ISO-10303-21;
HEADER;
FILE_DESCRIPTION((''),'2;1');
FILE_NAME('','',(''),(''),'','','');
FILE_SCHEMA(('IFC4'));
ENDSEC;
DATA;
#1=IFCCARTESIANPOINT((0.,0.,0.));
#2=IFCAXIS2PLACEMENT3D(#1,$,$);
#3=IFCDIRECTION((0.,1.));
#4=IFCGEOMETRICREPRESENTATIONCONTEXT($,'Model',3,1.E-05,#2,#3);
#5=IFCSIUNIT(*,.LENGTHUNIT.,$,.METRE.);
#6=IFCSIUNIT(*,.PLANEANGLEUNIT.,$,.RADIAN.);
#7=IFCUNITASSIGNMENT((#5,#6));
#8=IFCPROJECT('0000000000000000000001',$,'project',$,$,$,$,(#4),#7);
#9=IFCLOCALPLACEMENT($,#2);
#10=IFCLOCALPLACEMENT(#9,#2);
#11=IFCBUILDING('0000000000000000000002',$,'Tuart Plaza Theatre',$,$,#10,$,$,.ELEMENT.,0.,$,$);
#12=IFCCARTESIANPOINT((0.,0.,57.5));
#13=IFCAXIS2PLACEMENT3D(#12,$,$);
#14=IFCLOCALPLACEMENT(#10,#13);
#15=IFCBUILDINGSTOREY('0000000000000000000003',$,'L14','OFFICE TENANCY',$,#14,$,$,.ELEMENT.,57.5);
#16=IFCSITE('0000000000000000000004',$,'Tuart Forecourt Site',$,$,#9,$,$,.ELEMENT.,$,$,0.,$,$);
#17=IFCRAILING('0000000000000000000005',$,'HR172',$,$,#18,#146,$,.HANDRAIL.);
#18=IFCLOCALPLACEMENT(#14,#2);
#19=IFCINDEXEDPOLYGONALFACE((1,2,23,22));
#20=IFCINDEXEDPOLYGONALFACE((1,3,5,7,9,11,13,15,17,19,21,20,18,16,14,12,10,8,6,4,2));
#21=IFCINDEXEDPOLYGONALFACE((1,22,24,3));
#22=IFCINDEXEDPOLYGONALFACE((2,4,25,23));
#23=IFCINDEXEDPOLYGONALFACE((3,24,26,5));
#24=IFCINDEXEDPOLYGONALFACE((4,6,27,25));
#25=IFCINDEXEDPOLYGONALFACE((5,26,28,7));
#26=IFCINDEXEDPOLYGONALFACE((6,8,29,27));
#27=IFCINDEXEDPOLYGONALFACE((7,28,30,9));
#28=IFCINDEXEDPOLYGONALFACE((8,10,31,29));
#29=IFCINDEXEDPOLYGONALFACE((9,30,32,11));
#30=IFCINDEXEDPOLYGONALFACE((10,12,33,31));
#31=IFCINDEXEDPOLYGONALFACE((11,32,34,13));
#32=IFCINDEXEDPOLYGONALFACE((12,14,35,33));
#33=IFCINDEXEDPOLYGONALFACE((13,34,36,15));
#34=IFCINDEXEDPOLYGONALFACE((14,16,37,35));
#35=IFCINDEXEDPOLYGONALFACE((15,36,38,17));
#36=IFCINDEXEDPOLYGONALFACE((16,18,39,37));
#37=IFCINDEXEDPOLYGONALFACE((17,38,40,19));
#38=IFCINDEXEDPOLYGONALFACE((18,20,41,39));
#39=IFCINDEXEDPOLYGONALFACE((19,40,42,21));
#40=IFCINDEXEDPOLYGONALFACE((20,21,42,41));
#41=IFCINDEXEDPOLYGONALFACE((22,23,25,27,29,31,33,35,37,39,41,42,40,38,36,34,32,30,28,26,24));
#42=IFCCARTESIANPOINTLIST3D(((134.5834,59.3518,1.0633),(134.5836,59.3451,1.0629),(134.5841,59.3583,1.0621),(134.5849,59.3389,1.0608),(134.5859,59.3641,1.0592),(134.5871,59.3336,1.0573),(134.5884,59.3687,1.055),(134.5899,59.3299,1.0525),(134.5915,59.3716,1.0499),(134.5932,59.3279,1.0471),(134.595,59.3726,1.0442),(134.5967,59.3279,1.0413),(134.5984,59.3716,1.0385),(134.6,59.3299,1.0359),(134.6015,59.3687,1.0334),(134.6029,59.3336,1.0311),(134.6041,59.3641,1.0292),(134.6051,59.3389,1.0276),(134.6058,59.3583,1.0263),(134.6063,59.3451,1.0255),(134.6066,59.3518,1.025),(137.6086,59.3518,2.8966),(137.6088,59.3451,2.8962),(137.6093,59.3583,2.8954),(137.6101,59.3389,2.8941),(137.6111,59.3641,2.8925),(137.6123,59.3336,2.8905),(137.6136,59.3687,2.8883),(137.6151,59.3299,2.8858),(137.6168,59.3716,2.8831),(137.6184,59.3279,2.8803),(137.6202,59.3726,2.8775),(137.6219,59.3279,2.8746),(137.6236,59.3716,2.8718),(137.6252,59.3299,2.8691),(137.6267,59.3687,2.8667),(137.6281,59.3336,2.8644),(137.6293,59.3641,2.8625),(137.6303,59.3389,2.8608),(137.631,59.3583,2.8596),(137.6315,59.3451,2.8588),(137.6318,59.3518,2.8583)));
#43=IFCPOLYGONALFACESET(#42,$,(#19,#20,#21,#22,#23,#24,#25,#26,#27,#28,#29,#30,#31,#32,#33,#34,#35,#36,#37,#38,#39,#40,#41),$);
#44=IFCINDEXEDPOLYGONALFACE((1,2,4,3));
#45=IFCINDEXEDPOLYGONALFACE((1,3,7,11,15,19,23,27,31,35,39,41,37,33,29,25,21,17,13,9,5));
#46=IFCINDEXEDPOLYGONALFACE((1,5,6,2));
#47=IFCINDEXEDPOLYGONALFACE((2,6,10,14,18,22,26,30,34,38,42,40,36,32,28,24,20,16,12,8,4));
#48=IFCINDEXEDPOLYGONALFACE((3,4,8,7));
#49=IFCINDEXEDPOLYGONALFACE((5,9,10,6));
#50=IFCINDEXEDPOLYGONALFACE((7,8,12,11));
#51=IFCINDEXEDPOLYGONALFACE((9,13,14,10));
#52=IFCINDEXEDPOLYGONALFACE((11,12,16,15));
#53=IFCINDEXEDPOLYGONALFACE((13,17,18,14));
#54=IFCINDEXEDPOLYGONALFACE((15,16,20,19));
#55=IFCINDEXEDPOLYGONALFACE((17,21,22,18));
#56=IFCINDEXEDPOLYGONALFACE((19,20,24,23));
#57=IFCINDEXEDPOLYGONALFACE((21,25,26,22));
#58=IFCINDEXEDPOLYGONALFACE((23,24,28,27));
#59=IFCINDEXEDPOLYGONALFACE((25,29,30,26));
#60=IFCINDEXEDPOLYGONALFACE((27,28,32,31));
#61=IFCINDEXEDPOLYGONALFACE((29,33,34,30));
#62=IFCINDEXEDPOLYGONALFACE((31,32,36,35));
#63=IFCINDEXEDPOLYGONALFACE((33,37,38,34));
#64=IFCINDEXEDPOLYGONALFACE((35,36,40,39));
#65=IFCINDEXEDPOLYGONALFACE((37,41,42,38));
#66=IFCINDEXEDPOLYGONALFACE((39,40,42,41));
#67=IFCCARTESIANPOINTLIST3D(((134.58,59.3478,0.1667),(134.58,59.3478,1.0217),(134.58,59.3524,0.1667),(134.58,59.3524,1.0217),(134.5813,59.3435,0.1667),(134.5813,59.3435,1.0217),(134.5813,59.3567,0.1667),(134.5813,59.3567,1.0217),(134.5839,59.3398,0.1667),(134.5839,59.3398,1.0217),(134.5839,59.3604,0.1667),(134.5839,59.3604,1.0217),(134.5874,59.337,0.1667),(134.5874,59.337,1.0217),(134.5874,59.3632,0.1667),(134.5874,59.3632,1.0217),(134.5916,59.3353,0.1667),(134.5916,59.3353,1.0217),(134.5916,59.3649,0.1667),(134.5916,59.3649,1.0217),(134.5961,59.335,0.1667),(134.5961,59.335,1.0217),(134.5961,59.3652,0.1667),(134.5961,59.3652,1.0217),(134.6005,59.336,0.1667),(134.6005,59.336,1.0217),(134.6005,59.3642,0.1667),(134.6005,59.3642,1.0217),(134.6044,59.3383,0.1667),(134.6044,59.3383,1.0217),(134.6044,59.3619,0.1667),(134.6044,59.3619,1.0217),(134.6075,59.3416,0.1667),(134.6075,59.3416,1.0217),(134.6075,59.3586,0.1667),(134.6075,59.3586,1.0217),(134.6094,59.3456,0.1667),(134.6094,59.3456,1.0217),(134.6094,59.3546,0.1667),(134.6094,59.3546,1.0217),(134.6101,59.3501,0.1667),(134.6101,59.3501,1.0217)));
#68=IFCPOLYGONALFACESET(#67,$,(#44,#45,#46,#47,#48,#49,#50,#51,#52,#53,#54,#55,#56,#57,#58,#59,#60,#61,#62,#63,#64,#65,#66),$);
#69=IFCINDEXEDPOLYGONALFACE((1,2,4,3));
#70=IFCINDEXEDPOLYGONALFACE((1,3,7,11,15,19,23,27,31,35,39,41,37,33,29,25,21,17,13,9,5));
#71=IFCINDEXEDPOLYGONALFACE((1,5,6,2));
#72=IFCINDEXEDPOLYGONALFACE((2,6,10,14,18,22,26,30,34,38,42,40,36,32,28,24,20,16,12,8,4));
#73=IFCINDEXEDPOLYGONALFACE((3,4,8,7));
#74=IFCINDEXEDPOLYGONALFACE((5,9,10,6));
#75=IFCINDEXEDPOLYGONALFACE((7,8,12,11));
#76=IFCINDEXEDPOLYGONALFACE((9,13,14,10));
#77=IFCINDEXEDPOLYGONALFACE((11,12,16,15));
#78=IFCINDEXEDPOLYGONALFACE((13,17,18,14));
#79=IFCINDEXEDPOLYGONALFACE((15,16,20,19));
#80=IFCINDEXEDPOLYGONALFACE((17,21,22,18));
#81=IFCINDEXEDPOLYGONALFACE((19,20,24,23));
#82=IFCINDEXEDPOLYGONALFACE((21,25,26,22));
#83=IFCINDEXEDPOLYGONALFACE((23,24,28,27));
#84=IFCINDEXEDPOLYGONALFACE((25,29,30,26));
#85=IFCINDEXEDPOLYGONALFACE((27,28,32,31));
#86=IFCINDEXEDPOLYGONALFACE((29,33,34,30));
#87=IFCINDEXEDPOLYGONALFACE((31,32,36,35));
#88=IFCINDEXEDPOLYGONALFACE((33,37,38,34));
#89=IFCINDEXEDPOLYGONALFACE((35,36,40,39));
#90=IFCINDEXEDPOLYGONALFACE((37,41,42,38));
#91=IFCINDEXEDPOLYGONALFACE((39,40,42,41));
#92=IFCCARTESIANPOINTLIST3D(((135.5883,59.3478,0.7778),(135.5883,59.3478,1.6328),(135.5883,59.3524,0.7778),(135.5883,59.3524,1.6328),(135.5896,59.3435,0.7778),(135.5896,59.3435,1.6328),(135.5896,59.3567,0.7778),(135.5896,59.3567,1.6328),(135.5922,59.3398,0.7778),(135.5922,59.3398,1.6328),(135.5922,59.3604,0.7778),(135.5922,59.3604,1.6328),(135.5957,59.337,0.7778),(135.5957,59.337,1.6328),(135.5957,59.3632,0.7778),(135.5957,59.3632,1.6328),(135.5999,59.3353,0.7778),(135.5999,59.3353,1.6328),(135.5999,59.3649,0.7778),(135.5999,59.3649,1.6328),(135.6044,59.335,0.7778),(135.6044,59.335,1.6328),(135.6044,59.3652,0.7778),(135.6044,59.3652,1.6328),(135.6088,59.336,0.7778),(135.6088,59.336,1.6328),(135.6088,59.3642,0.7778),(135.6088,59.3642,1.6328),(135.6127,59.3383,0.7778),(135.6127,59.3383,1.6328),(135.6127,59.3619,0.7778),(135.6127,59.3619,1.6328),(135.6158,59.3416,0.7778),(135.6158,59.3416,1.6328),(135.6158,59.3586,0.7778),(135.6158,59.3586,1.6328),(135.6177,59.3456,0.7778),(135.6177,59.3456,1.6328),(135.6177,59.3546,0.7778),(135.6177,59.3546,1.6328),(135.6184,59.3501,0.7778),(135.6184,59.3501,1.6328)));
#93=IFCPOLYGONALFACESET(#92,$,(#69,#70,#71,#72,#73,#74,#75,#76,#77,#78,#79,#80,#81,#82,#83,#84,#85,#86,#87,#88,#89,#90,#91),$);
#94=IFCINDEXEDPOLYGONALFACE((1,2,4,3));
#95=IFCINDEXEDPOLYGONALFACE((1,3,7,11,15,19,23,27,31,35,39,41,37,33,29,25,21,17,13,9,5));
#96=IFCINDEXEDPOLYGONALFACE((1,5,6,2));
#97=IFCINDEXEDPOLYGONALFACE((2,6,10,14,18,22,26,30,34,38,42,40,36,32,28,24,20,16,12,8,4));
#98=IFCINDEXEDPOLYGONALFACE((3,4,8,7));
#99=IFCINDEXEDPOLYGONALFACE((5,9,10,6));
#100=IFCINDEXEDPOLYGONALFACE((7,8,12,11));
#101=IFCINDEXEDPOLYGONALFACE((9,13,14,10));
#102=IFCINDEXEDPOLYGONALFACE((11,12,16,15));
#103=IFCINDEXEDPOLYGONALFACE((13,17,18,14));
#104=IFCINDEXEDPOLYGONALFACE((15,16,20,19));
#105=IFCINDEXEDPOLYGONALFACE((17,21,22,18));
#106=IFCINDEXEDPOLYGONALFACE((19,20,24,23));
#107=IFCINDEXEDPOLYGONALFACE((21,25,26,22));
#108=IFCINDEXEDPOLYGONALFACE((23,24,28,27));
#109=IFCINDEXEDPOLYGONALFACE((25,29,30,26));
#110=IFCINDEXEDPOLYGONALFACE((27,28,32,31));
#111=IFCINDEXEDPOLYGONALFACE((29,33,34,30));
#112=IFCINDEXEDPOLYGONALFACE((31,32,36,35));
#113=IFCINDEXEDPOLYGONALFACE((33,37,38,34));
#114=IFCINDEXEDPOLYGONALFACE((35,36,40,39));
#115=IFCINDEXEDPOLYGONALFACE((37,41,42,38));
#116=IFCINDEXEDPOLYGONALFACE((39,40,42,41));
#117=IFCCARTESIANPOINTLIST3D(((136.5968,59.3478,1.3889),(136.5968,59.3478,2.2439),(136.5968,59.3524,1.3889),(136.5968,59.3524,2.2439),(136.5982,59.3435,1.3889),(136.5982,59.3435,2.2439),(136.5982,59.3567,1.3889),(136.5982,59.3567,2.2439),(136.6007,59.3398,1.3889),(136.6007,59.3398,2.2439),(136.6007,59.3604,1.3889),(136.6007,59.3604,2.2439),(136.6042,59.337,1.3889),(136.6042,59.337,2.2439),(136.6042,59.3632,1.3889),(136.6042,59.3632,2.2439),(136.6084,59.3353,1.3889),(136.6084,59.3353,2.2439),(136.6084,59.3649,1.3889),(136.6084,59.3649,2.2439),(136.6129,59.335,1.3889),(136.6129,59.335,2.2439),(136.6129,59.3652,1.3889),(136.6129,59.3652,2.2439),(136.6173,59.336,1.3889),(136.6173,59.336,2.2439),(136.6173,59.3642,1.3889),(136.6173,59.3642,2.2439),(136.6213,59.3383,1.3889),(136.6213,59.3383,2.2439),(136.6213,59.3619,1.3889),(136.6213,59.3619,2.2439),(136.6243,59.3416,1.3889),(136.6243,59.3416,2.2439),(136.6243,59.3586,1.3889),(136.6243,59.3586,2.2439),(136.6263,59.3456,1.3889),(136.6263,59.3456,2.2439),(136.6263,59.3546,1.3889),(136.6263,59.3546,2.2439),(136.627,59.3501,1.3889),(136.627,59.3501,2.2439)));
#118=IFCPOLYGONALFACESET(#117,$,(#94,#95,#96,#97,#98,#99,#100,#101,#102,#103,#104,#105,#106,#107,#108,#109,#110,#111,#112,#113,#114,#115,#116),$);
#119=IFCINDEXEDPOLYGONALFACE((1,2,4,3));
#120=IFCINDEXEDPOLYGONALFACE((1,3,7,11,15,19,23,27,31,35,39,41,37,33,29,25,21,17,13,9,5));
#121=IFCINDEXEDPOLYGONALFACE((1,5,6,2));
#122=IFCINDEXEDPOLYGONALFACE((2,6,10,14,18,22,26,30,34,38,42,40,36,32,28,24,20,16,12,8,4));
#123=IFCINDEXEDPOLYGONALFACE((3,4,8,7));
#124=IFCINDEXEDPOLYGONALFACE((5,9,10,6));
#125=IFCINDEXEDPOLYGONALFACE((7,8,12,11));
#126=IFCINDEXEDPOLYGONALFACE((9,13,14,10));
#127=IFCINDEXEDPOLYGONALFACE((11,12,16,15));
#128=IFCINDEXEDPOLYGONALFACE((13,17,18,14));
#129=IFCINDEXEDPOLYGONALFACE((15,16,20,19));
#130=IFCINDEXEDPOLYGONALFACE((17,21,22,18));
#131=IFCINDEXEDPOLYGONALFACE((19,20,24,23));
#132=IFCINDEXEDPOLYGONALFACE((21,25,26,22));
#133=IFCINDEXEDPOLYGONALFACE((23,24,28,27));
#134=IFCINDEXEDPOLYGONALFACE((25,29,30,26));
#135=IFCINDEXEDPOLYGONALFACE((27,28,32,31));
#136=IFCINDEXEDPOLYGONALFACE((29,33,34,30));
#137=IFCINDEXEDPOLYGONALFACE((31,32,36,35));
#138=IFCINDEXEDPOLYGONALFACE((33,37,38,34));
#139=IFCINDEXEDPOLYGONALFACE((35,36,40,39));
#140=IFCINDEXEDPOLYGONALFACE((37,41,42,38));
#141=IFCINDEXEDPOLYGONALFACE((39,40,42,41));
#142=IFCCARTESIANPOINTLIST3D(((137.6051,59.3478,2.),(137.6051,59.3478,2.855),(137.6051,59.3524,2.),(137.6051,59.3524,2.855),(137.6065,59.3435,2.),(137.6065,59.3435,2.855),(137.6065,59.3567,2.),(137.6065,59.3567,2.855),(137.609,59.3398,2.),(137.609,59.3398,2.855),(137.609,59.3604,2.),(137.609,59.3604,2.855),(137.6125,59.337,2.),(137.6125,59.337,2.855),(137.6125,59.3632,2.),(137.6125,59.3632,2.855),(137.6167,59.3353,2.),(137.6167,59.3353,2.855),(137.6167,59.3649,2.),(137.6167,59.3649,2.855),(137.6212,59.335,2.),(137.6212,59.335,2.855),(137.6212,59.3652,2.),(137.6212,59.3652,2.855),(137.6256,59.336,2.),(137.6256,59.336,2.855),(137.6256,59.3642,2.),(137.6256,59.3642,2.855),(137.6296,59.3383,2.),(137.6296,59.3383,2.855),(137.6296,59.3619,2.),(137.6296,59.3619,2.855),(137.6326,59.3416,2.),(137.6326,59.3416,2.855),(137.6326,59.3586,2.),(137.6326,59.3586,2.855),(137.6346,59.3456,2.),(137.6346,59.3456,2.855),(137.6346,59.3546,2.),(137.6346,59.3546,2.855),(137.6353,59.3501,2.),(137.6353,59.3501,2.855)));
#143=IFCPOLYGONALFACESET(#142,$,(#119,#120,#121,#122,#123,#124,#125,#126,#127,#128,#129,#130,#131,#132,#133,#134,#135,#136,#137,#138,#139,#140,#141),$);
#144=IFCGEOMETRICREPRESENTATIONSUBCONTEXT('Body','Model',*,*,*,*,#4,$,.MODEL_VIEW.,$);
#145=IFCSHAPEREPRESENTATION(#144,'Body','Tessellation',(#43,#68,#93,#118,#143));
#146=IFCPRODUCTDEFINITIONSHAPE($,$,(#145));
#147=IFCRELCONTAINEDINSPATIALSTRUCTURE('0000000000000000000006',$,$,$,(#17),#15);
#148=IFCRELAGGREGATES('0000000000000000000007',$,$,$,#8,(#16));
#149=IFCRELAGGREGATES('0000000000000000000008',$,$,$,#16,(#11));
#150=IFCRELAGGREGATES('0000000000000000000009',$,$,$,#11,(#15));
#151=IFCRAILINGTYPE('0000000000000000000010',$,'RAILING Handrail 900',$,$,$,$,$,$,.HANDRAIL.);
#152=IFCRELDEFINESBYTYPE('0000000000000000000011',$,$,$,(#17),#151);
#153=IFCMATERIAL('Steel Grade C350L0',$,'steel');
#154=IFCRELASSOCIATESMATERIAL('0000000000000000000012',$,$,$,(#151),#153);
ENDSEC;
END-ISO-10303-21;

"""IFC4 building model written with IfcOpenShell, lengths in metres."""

from ifc_helpers import new_model, si_unit, direction, frame, origin, origin_2d, place, context, subcontext, project, spatial, circle, extrude, material, type_object, element, save


model = new_model("IFC4")

# Units and contexts
model_context = context("Model", 3, precision=1e-05, world=origin(), true_north=direction((0.0, 1.0)))
body_context = subcontext(model_context, "Body", "Model", "MODEL_VIEW")
ifc_project = project(units=[si_unit("LENGTHUNIT", "METRE"), si_unit("PLANEANGLEUNIT", "RADIAN")], contexts=[model_context])

# Site, building, storey
site_placement = place(None, origin())
site = spatial("IfcSite", under=ifc_project, at=site_placement, Name="Tuart Forecourt Site", CompositionType="ELEMENT", RefElevation=0.0)
building_placement = place(site_placement, origin())
building = spatial("IfcBuilding", under=site, at=building_placement, Name="Tuart Plaza Theatre", CompositionType="ELEMENT", ElevationOfRefHeight=0.0)
storey_placement = place(building_placement, frame((0.0, 0.0, 57.5)))
storey = spatial("IfcBuildingStorey", under=building, at=storey_placement, Name="L14", Description="OFFICE TENANCY", CompositionType="ELEMENT", Elevation=57.5)

# Railing
ifc_material_1 = material(Name="Steel Grade C350L0", Category="steel")
railing_type_1 = type_object("IfcRailingType", Name="RAILING Handrail 900", PredefinedType="HANDRAIL", material=ifc_material_1)
for number, where, name in (
    (1, (134.595, 59.3501, 0.1667), "HR172"),
):
    element("IfcRailing", number, at=place(storey_placement, frame(where)), inside=storey, type_object=railing_type_1, Name=name, PredefinedType="HANDRAIL", context=body_context, shape_type="SweptSolid", body=[
        extrude(circle(Radius=0.0225, at=origin_2d()), frame((0.0, 0.0, 0.8774), z_axis=(0.855219, 0.0, 0.518267), x_axis=(0.0, 1.0, 0.0)), (0.0, 0.0, 1.0), 3.5374),
        extrude(circle(Radius=0.0151, at=origin_2d()), origin(), (0.0, 0.0, 1.0), 0.855),
        extrude(circle(Radius=0.0151, at=origin_2d()), frame((1.0083, 0.0, 0.6111)), (0.0, 0.0, 1.0), 0.855),
        extrude(circle(Radius=0.0151, at=origin_2d()), frame((2.0168, 0.0, 1.2222)), (0.0, 0.0, 1.0), 0.855),
        extrude(circle(Radius=0.0151, at=origin_2d()), frame((3.0251, 0.0, 1.8333)), (0.0, 0.0, 1.0), 0.855),
    ])

save(model, "model.ifc")
